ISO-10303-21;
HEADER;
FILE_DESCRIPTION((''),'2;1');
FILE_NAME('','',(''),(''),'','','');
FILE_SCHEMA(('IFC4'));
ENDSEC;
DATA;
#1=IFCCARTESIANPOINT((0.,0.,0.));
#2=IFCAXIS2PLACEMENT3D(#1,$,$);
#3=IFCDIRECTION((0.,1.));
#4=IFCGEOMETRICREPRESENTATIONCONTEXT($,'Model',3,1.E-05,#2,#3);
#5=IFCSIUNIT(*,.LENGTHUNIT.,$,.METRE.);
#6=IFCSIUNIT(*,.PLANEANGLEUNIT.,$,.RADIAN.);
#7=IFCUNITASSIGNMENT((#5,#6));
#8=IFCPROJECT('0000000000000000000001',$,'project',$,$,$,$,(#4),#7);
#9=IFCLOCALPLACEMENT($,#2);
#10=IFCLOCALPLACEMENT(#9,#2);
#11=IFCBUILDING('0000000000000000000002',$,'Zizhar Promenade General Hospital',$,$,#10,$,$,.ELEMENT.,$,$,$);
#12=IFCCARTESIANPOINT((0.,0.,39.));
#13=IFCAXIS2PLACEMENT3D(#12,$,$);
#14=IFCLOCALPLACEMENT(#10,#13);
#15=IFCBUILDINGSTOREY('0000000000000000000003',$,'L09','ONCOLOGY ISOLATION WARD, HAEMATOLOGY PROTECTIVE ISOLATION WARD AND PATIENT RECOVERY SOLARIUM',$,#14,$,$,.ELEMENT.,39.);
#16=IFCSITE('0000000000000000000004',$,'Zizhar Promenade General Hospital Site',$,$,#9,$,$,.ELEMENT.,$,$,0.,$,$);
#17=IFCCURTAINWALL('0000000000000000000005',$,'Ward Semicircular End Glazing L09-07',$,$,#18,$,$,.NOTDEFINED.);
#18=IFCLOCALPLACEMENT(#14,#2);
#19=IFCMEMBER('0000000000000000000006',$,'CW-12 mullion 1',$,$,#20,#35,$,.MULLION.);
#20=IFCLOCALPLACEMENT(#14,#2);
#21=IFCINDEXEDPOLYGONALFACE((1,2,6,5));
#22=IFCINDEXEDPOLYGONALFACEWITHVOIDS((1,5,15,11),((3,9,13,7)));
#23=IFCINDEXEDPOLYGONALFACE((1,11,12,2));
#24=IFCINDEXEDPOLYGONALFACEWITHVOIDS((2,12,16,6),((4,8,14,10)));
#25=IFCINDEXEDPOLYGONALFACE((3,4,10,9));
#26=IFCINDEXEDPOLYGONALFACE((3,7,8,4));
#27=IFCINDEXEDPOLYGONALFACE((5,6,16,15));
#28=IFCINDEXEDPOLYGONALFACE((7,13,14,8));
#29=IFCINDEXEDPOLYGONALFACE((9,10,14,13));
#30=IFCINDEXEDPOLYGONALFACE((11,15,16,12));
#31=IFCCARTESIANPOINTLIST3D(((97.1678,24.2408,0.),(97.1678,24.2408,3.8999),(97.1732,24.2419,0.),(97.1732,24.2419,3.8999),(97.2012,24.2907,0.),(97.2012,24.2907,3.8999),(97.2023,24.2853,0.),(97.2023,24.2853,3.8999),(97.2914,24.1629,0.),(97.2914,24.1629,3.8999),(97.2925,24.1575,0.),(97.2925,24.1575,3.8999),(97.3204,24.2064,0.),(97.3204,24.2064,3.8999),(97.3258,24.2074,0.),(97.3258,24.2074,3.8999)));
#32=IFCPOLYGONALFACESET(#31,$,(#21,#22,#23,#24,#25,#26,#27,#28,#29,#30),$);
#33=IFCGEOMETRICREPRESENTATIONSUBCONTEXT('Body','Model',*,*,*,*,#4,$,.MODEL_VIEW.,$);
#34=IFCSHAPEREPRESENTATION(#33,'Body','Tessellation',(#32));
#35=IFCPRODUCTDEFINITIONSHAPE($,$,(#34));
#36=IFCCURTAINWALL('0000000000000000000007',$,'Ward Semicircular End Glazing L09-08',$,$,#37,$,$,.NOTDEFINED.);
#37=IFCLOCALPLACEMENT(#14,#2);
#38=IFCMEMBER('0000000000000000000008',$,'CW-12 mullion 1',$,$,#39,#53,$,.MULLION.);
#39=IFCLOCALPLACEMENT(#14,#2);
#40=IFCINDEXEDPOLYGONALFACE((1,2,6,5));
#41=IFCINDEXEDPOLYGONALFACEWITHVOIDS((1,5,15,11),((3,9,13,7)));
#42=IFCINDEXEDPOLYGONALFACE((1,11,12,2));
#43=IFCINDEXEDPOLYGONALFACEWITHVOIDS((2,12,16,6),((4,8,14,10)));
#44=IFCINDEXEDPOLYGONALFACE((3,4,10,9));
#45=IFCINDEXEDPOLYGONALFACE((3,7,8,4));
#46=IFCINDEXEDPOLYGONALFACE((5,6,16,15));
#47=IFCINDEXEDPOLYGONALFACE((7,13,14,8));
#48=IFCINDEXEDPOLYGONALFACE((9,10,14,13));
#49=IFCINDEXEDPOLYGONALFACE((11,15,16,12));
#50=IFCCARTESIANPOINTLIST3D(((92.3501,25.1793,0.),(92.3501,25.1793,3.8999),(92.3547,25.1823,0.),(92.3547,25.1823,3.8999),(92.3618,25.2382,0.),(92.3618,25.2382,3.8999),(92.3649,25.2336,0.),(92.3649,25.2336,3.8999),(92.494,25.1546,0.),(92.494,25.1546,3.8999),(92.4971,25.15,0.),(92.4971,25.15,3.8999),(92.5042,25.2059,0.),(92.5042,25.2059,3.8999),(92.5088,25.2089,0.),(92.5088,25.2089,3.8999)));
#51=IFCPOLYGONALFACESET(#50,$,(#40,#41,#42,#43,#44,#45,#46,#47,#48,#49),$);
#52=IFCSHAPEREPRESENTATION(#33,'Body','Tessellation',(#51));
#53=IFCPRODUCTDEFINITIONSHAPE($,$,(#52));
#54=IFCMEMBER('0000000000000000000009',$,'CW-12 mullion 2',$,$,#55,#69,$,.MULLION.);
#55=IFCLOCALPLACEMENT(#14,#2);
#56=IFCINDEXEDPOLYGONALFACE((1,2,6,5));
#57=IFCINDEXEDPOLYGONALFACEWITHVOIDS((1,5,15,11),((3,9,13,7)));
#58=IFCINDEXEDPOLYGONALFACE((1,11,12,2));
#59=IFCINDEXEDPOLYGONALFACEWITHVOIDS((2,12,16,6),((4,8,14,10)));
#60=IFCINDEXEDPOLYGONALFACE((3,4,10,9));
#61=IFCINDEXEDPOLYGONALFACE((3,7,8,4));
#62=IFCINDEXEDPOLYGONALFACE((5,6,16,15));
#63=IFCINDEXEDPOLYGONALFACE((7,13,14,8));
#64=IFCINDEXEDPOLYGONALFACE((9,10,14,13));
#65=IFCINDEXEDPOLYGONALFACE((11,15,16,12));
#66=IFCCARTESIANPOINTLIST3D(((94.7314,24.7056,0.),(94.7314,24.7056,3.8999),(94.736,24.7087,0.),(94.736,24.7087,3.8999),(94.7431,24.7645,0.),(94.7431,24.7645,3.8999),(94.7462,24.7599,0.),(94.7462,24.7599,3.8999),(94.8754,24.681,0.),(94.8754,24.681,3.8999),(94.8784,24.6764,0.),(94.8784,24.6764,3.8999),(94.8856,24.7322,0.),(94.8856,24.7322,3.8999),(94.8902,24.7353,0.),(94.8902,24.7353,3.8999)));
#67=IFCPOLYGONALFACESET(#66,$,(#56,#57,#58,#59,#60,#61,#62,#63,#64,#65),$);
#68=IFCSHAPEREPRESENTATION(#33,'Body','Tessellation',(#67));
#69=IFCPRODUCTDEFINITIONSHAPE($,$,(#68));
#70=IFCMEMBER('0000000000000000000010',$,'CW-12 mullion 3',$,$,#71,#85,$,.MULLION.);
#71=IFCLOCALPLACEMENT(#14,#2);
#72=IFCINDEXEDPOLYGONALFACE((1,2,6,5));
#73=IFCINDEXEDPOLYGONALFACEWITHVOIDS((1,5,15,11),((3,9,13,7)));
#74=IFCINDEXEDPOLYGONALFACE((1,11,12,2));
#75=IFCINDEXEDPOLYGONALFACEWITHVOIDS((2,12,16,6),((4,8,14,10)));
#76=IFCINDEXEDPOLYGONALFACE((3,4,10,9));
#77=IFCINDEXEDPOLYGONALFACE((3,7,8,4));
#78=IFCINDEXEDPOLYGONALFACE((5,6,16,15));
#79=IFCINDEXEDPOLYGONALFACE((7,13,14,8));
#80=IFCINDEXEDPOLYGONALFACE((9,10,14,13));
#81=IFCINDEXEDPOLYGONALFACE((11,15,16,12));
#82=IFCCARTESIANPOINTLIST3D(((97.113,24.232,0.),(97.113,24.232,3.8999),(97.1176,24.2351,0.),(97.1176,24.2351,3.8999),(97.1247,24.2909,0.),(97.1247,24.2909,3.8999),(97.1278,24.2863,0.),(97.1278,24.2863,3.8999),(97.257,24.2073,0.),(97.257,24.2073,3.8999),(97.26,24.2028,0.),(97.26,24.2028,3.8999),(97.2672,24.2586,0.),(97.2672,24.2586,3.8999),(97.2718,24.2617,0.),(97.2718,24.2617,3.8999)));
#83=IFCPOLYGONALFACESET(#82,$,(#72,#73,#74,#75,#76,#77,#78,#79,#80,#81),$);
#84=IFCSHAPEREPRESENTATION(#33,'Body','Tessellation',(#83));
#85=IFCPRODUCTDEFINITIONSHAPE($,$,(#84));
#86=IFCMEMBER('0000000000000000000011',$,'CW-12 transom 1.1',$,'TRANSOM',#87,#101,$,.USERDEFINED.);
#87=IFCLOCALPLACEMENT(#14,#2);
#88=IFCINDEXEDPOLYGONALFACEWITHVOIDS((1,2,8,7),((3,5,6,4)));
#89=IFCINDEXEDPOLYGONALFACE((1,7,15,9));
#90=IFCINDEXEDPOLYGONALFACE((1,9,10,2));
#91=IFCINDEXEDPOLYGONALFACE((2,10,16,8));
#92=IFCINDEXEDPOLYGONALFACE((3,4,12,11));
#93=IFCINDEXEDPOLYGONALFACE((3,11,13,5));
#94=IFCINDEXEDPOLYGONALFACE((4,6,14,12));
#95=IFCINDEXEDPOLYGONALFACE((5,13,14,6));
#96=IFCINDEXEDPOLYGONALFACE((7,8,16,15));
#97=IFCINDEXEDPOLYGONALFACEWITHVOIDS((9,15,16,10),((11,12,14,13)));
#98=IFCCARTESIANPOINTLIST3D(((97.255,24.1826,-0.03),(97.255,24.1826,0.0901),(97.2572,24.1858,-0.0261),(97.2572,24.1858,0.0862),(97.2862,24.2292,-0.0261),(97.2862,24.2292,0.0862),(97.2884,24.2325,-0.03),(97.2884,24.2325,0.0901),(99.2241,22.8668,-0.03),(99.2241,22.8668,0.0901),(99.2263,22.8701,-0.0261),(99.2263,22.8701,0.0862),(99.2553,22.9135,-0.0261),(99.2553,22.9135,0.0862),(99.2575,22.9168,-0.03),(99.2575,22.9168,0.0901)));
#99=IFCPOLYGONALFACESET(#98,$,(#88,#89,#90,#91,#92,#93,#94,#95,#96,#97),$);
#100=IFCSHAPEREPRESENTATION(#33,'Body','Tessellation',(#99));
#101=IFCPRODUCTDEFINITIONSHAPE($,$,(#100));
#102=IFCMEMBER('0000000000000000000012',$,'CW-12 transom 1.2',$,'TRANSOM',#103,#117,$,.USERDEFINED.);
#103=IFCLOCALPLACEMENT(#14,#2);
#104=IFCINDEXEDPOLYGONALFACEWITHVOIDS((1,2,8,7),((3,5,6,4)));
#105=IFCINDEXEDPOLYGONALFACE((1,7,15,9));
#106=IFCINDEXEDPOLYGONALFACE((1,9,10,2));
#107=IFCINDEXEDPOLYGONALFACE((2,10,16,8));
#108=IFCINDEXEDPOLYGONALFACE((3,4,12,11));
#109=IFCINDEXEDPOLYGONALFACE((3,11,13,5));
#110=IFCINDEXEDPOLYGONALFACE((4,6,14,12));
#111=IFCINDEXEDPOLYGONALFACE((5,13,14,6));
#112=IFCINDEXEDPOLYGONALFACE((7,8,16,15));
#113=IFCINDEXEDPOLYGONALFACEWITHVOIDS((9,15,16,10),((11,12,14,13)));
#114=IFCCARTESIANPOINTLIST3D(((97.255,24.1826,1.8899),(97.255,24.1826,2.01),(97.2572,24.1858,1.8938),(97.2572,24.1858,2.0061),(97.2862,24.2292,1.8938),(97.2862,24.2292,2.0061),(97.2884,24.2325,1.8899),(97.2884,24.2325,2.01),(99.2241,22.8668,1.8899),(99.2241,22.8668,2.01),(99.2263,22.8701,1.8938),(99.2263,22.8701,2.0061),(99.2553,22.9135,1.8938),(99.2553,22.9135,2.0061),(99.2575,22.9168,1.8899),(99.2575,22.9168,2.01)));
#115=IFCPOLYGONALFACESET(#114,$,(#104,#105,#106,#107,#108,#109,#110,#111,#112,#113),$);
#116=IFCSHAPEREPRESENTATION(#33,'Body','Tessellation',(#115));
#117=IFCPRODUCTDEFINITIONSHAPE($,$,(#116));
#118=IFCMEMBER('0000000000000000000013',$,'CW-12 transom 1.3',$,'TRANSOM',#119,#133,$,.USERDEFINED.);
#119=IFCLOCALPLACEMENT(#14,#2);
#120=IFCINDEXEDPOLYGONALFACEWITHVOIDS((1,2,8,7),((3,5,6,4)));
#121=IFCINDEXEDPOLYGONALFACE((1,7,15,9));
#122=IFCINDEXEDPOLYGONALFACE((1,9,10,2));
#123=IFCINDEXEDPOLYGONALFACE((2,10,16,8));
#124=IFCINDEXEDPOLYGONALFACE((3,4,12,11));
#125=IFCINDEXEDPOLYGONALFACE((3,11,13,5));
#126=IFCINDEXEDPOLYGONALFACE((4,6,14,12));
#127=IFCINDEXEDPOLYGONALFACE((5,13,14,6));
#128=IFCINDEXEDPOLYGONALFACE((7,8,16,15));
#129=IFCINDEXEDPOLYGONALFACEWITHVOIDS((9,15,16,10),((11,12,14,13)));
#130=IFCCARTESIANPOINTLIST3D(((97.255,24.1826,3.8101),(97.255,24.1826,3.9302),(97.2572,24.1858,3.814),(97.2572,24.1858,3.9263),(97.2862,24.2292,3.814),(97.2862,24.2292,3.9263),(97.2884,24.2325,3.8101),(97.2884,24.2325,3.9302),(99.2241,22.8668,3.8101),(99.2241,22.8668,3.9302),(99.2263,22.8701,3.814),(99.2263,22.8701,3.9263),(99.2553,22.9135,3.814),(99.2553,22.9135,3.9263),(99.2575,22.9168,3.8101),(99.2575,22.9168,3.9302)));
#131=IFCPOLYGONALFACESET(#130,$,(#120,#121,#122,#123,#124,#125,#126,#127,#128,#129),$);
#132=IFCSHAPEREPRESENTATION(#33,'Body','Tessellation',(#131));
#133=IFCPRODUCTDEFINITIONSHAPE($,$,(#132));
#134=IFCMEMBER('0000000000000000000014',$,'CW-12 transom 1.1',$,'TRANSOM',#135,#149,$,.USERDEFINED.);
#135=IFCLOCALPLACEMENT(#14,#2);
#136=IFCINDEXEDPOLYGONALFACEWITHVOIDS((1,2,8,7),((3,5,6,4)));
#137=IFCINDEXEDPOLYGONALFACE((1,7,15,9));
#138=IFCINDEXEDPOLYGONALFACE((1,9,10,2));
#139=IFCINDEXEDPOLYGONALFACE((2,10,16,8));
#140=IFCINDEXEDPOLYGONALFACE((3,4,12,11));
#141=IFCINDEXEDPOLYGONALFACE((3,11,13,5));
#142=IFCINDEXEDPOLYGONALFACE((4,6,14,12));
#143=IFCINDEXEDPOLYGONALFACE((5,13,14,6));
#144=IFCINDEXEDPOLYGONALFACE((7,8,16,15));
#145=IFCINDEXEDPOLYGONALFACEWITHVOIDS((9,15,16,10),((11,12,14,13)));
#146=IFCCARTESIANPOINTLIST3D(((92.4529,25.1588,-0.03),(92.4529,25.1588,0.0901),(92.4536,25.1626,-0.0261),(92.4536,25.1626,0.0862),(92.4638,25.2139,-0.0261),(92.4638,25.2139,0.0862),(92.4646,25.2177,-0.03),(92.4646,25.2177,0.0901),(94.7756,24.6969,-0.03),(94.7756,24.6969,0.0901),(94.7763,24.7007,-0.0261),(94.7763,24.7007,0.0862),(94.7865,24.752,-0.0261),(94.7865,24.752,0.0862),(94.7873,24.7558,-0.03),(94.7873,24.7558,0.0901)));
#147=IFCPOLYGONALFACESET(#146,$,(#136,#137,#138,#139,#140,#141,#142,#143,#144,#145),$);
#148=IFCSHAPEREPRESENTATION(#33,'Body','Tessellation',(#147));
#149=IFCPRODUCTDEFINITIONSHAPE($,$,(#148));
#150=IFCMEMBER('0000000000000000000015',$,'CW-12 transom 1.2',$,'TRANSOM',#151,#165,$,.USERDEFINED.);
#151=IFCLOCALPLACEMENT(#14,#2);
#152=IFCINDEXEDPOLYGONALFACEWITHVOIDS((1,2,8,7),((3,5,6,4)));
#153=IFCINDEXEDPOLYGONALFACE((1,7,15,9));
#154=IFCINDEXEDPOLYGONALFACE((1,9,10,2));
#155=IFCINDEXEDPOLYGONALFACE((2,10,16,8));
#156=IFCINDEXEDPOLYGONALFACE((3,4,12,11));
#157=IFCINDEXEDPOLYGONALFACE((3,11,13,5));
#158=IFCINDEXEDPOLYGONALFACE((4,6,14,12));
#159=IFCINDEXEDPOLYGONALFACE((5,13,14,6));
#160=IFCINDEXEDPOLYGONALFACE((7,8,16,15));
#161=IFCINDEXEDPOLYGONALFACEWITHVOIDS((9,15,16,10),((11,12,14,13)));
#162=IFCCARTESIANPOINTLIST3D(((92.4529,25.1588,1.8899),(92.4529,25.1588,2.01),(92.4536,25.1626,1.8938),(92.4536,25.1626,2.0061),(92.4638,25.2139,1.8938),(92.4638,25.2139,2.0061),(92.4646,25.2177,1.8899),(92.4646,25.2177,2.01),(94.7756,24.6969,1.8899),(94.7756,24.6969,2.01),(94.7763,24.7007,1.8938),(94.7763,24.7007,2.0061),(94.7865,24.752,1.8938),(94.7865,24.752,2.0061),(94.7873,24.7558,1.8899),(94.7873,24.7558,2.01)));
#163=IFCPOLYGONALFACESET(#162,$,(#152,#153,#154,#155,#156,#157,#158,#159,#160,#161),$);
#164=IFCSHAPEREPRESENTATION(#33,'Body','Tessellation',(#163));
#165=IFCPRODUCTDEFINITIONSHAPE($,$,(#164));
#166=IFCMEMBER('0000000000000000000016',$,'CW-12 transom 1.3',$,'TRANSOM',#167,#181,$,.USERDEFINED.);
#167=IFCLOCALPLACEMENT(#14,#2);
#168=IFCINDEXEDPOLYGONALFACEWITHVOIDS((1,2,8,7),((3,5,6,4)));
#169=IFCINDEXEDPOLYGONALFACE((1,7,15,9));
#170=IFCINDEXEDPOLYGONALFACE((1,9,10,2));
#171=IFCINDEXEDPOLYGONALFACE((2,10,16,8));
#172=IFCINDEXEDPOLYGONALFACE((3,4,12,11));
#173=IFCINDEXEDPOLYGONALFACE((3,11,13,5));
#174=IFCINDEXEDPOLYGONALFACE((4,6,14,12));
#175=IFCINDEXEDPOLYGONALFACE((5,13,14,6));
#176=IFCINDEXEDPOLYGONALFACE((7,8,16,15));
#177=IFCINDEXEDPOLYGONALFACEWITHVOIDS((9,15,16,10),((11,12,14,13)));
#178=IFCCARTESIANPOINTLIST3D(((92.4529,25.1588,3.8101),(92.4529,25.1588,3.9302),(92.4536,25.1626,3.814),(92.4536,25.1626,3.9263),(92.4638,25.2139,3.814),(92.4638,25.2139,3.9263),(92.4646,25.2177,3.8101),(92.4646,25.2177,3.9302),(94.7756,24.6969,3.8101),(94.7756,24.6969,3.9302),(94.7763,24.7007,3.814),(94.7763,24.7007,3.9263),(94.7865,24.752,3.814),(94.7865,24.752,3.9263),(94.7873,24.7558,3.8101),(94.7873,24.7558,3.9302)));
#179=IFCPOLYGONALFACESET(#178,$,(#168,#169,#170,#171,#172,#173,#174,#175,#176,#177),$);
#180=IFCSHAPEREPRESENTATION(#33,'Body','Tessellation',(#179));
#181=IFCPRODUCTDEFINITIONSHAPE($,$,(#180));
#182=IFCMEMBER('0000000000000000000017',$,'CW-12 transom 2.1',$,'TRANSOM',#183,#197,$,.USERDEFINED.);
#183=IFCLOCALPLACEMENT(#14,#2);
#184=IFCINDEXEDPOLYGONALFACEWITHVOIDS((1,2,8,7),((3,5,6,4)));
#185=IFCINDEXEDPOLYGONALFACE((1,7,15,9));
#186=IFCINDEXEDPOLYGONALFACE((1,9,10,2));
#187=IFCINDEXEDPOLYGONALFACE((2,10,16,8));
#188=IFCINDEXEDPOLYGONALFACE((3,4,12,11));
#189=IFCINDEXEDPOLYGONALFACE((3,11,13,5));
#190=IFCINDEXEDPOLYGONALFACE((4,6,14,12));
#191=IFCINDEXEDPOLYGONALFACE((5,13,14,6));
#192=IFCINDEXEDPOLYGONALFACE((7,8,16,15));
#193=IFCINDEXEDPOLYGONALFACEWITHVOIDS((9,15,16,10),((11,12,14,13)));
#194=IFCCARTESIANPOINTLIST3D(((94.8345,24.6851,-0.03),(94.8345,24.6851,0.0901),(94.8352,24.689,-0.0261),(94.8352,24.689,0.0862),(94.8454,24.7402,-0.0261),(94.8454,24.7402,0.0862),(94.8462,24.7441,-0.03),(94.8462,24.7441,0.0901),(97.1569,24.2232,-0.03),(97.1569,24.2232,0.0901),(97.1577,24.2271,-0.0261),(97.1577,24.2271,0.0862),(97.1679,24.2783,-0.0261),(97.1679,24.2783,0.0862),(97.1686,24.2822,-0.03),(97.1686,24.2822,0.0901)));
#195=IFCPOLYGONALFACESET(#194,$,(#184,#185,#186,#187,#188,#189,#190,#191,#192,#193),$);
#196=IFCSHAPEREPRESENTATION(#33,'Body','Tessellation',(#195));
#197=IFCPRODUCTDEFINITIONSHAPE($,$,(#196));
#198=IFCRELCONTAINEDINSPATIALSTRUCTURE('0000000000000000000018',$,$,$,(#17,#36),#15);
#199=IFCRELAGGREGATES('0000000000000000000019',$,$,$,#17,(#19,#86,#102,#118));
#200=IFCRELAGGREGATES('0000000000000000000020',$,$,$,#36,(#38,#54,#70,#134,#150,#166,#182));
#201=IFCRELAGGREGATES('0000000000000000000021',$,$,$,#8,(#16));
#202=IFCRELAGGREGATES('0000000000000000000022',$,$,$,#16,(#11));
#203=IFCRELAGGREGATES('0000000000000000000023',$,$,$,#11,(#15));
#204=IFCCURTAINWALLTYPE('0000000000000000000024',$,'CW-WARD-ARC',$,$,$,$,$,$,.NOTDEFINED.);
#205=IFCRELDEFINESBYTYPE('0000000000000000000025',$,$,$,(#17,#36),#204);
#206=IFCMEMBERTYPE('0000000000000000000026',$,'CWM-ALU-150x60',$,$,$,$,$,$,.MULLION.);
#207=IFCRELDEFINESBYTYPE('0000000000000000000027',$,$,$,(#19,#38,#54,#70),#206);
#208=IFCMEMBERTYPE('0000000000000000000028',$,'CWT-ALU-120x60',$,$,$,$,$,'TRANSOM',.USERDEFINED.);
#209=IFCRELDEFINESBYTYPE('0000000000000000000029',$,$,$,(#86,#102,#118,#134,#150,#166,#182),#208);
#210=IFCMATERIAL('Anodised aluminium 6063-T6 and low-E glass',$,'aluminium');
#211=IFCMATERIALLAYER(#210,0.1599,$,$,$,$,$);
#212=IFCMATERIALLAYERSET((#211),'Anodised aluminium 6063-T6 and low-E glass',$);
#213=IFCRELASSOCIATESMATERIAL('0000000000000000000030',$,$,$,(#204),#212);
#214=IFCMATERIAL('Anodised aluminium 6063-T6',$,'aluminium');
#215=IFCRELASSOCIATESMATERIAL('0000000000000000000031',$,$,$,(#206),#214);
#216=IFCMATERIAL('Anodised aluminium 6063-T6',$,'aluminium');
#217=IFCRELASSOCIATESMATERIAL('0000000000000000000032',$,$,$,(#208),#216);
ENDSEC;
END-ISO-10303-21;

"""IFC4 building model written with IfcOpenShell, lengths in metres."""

from ifc_helpers import new_model, si_unit, direction, frame, origin, origin_2d, place, context, subcontext, project, spatial, hollow_rectangle, extrude, material, layer, layer_set, material_profile, profile_set, type_object, element, aggregate, save


model = new_model("IFC4")

# Units and contexts
model_context = context("Model", 3, precision=1e-05, world=origin(), true_north=direction((0.0, 1.0)))
body_context = subcontext(model_context, "Body", "Model", "MODEL_VIEW")
ifc_project = project(units=[si_unit("LENGTHUNIT", "METRE"), si_unit("PLANEANGLEUNIT", "RADIAN")], contexts=[model_context])

# Site, building, storey
site_placement = place(None, origin())
site = spatial("IfcSite", under=ifc_project, at=site_placement, Name="Zizhar Promenade General Hospital Site", CompositionType="ELEMENT", RefElevation=0.0)
building_placement = place(site_placement, origin())
building = spatial("IfcBuilding", under=site, at=building_placement, Name="Zizhar Promenade General Hospital", CompositionType="ELEMENT")
storey_placement = place(building_placement, frame((0.0, 0.0, 39.0)))
storey = spatial("IfcBuildingStorey", under=building, at=storey_placement, Name="L09", Description="ONCOLOGY ISOLATION WARD, HAEMATOLOGY PROTECTIVE ISOLATION WARD AND PATIENT RECOVERY SOLARIUM", CompositionType="ELEMENT", Elevation=39.0)

# Curtain wall, member
ifc_material_1 = material(Name="Anodised aluminium 6063-T6 and low-E glass", Category="aluminium")
ifc_layer_1 = layer(ifc_material_1, 0.1599)
ifc_layer_set_1 = layer_set([ifc_layer_1], Name="Anodised aluminium 6063-T6 and low-E glass")
curtain_wall_type = type_object("IfcCurtainWallType", Name="CW-WARD-ARC", PredefinedType="NOTDEFINED", material=ifc_layer_set_1)
curtain_wall_1_placement = place(storey_placement, origin())
curtain_wall_1 = element("IfcCurtainWall", 1, at=curtain_wall_1_placement, inside=storey, type_object=curtain_wall_type, Name="Ward Semicircular End Glazing L09-07", PredefinedType="NOTDEFINED")
ifc_material_2 = material(Name="Anodised aluminium 6063-T6", Category="aluminium")
ifc_material_profile_1 = material_profile(ifc_material_2, hollow_rectangle(XDim=0.0601, YDim=0.1499, WallThickness=0.0039, at=origin_2d()))
ifc_profile_set_1 = profile_set([ifc_material_profile_1], Name="Anodised aluminium 6063-T6")
member_type_1 = type_object("IfcMemberType", Name="CWM-ALU-150x60", PredefinedType="MULLION", material=ifc_profile_set_1)
member_1_placement = place(storey_placement, frame((97.2468, 24.2241, 0.0), z_axis=(0.0, 0.0, 1.0), x_axis=(0.555582, 0.831462, 0.0)))
member_1 = element("IfcMember", 2, at=member_1_placement, type_object=member_type_1, Name="CW-12 mullion 1", PredefinedType="MULLION", context=body_context, shape_type="SweptSolid", body=[
    extrude(hollow_rectangle(XDim=0.0601, YDim=0.1499, WallThickness=0.0039, at=origin_2d()), origin(), (0.0, 0.0, 1.0), 3.8999),
])

# Curtain wall, members
curtain_wall_2_placement = place(storey_placement, origin())
curtain_wall_2 = element("IfcCurtainWall", 3, at=curtain_wall_2_placement, inside=storey, type_object=curtain_wall_type, Name="Ward Semicircular End Glazing L09-08", PredefinedType="NOTDEFINED")
member_2_placement = place(storey_placement, frame((92.4294, 25.1941, 0.0), z_axis=(0.0, 0.0, 1.0), x_axis=(0.195087, 0.980786, 0.0)))
member_2 = element("IfcMember", 4, at=member_2_placement, type_object=member_type_1, Name="CW-12 mullion 1", PredefinedType="MULLION", context=body_context, shape_type="SweptSolid", body=[
    extrude(hollow_rectangle(XDim=0.0601, YDim=0.1499, WallThickness=0.0039, at=origin_2d()), origin(), (0.0, 0.0, 1.0), 3.8999),
])
member_3_placement = place(storey_placement, frame((94.8108, 24.7205, 0.0), z_axis=(0.0, 0.0, 1.0), x_axis=(0.195087, 0.980786, 0.0)))
member_3 = element("IfcMember", 5, at=member_3_placement, type_object=member_type_1, Name="CW-12 mullion 2", PredefinedType="MULLION", context=body_context, shape_type="SweptSolid", body=[
    extrude(hollow_rectangle(XDim=0.0601, YDim=0.1499, WallThickness=0.0039, at=origin_2d()), origin(), (0.0, 0.0, 1.0), 3.8999),
])
member_4_placement = place(storey_placement, frame((97.1924, 24.2468, 0.0), z_axis=(0.0, 0.0, 1.0), x_axis=(0.195087, 0.980786, 0.0)))
member_4 = element("IfcMember", 6, at=member_4_placement, type_object=member_type_1, Name="CW-12 mullion 3", PredefinedType="MULLION", context=body_context, shape_type="SweptSolid", body=[
    extrude(hollow_rectangle(XDim=0.0601, YDim=0.1499, WallThickness=0.0039, at=origin_2d()), origin(), (0.0, 0.0, 1.0), 3.8999),
])

# Members
ifc_material_3 = material(Name="Anodised aluminium 6063-T6", Category="aluminium")
ifc_material_profile_2 = material_profile(ifc_material_3, hollow_rectangle(XDim=0.0601, YDim=0.1201, WallThickness=0.0039, at=origin_2d()))
ifc_profile_set_2 = profile_set([ifc_material_profile_2], Name="Anodised aluminium 6063-T6")
member_type_2 = type_object("IfcMemberType", Name="CWT-ALU-120x60", ElementType="TRANSOM", PredefinedType="USERDEFINED", material=ifc_profile_set_2)
member_5_placement = place(storey_placement, frame((97.2717, 24.2075, 0.03), z_axis=(0.831463, -0.55558, 0.0), x_axis=(0.55558, 0.831463, 0.0)))
member_5 = element("IfcMember", 7, at=member_5_placement, type_object=member_type_2, Name="CW-12 transom 1.1", ObjectType="TRANSOM", PredefinedType="USERDEFINED", context=body_context, shape_type="SweptSolid", body=[
    extrude(hollow_rectangle(XDim=0.0601, YDim=0.1201, WallThickness=0.0039, at=origin_2d()), origin(), (0.0, 0.0, 1.0), 2.3682),
])
member_6_placement = place(storey_placement, frame((97.2717, 24.2075, 1.95), z_axis=(0.831463, -0.55558, 0.0), x_axis=(0.55558, 0.831463, 0.0)))
member_6 = element("IfcMember", 8, at=member_6_placement, type_object=member_type_2, Name="CW-12 transom 1.2", ObjectType="TRANSOM", PredefinedType="USERDEFINED", context=body_context, shape_type="SweptSolid", body=[
    extrude(hollow_rectangle(XDim=0.0601, YDim=0.1201, WallThickness=0.0039, at=origin_2d()), origin(), (0.0, 0.0, 1.0), 2.3682),
])
member_7_placement = place(storey_placement, frame((97.2717, 24.2075, 3.8701), z_axis=(0.831463, -0.55558, 0.0), x_axis=(0.55558, 0.831463, 0.0)))
member_7 = element("IfcMember", 9, at=member_7_placement, type_object=member_type_2, Name="CW-12 transom 1.3", ObjectType="TRANSOM", PredefinedType="USERDEFINED", context=body_context, shape_type="SweptSolid", body=[
    extrude(hollow_rectangle(XDim=0.0601, YDim=0.1201, WallThickness=0.0039, at=origin_2d()), origin(), (0.0, 0.0, 1.0), 2.3682),
])
aggregate(curtain_wall_1, [member_1, member_5, member_6, member_7])
member_8_placement = place(storey_placement, frame((92.4587, 25.1882, 0.03), z_axis=(0.980794, -0.195045, 0.0), x_axis=(0.195045, 0.980794, 0.0)))
member_8 = element("IfcMember", 10, at=member_8_placement, type_object=member_type_2, Name="CW-12 transom 1.1", ObjectType="TRANSOM", PredefinedType="USERDEFINED", context=body_context, shape_type="SweptSolid", body=[
    extrude(hollow_rectangle(XDim=0.0601, YDim=0.1201, WallThickness=0.0039, at=origin_2d()), origin(), (0.0, 0.0, 1.0), 2.3682),
])
member_9_placement = place(storey_placement, frame((92.4587, 25.1882, 1.95), z_axis=(0.980794, -0.195045, 0.0), x_axis=(0.195045, 0.980794, 0.0)))
member_9 = element("IfcMember", 11, at=member_9_placement, type_object=member_type_2, Name="CW-12 transom 1.2", ObjectType="TRANSOM", PredefinedType="USERDEFINED", context=body_context, shape_type="SweptSolid", body=[
    extrude(hollow_rectangle(XDim=0.0601, YDim=0.1201, WallThickness=0.0039, at=origin_2d()), origin(), (0.0, 0.0, 1.0), 2.3682),
])
member_10_placement = place(storey_placement, frame((92.4587, 25.1882, 3.8701), z_axis=(0.980794, -0.195045, 0.0), x_axis=(0.195045, 0.980794, 0.0)))
member_10 = element("IfcMember", 12, at=member_10_placement, type_object=member_type_2, Name="CW-12 transom 1.3", ObjectType="TRANSOM", PredefinedType="USERDEFINED", context=body_context, shape_type="SweptSolid", body=[
    extrude(hollow_rectangle(XDim=0.0601, YDim=0.1201, WallThickness=0.0039, at=origin_2d()), origin(), (0.0, 0.0, 1.0), 2.3682),
])
member_11_placement = place(storey_placement, frame((94.8403, 24.7146, 0.03), z_axis=(0.98079, -0.195065, 0.0), x_axis=(0.195065, 0.98079, 0.0)))
member_11 = element("IfcMember", 13, at=member_11_placement, type_object=member_type_2, Name="CW-12 transom 2.1", ObjectType="TRANSOM", PredefinedType="USERDEFINED", context=body_context, shape_type="SweptSolid", body=[
    extrude(hollow_rectangle(XDim=0.0601, YDim=0.1201, WallThickness=0.0039, at=origin_2d()), origin(), (0.0, 0.0, 1.0), 2.3679),
])

aggregate(curtain_wall_2, [member_2, member_3, member_4, member_8, member_9, member_10, member_11])

save(model, "model.ifc")
